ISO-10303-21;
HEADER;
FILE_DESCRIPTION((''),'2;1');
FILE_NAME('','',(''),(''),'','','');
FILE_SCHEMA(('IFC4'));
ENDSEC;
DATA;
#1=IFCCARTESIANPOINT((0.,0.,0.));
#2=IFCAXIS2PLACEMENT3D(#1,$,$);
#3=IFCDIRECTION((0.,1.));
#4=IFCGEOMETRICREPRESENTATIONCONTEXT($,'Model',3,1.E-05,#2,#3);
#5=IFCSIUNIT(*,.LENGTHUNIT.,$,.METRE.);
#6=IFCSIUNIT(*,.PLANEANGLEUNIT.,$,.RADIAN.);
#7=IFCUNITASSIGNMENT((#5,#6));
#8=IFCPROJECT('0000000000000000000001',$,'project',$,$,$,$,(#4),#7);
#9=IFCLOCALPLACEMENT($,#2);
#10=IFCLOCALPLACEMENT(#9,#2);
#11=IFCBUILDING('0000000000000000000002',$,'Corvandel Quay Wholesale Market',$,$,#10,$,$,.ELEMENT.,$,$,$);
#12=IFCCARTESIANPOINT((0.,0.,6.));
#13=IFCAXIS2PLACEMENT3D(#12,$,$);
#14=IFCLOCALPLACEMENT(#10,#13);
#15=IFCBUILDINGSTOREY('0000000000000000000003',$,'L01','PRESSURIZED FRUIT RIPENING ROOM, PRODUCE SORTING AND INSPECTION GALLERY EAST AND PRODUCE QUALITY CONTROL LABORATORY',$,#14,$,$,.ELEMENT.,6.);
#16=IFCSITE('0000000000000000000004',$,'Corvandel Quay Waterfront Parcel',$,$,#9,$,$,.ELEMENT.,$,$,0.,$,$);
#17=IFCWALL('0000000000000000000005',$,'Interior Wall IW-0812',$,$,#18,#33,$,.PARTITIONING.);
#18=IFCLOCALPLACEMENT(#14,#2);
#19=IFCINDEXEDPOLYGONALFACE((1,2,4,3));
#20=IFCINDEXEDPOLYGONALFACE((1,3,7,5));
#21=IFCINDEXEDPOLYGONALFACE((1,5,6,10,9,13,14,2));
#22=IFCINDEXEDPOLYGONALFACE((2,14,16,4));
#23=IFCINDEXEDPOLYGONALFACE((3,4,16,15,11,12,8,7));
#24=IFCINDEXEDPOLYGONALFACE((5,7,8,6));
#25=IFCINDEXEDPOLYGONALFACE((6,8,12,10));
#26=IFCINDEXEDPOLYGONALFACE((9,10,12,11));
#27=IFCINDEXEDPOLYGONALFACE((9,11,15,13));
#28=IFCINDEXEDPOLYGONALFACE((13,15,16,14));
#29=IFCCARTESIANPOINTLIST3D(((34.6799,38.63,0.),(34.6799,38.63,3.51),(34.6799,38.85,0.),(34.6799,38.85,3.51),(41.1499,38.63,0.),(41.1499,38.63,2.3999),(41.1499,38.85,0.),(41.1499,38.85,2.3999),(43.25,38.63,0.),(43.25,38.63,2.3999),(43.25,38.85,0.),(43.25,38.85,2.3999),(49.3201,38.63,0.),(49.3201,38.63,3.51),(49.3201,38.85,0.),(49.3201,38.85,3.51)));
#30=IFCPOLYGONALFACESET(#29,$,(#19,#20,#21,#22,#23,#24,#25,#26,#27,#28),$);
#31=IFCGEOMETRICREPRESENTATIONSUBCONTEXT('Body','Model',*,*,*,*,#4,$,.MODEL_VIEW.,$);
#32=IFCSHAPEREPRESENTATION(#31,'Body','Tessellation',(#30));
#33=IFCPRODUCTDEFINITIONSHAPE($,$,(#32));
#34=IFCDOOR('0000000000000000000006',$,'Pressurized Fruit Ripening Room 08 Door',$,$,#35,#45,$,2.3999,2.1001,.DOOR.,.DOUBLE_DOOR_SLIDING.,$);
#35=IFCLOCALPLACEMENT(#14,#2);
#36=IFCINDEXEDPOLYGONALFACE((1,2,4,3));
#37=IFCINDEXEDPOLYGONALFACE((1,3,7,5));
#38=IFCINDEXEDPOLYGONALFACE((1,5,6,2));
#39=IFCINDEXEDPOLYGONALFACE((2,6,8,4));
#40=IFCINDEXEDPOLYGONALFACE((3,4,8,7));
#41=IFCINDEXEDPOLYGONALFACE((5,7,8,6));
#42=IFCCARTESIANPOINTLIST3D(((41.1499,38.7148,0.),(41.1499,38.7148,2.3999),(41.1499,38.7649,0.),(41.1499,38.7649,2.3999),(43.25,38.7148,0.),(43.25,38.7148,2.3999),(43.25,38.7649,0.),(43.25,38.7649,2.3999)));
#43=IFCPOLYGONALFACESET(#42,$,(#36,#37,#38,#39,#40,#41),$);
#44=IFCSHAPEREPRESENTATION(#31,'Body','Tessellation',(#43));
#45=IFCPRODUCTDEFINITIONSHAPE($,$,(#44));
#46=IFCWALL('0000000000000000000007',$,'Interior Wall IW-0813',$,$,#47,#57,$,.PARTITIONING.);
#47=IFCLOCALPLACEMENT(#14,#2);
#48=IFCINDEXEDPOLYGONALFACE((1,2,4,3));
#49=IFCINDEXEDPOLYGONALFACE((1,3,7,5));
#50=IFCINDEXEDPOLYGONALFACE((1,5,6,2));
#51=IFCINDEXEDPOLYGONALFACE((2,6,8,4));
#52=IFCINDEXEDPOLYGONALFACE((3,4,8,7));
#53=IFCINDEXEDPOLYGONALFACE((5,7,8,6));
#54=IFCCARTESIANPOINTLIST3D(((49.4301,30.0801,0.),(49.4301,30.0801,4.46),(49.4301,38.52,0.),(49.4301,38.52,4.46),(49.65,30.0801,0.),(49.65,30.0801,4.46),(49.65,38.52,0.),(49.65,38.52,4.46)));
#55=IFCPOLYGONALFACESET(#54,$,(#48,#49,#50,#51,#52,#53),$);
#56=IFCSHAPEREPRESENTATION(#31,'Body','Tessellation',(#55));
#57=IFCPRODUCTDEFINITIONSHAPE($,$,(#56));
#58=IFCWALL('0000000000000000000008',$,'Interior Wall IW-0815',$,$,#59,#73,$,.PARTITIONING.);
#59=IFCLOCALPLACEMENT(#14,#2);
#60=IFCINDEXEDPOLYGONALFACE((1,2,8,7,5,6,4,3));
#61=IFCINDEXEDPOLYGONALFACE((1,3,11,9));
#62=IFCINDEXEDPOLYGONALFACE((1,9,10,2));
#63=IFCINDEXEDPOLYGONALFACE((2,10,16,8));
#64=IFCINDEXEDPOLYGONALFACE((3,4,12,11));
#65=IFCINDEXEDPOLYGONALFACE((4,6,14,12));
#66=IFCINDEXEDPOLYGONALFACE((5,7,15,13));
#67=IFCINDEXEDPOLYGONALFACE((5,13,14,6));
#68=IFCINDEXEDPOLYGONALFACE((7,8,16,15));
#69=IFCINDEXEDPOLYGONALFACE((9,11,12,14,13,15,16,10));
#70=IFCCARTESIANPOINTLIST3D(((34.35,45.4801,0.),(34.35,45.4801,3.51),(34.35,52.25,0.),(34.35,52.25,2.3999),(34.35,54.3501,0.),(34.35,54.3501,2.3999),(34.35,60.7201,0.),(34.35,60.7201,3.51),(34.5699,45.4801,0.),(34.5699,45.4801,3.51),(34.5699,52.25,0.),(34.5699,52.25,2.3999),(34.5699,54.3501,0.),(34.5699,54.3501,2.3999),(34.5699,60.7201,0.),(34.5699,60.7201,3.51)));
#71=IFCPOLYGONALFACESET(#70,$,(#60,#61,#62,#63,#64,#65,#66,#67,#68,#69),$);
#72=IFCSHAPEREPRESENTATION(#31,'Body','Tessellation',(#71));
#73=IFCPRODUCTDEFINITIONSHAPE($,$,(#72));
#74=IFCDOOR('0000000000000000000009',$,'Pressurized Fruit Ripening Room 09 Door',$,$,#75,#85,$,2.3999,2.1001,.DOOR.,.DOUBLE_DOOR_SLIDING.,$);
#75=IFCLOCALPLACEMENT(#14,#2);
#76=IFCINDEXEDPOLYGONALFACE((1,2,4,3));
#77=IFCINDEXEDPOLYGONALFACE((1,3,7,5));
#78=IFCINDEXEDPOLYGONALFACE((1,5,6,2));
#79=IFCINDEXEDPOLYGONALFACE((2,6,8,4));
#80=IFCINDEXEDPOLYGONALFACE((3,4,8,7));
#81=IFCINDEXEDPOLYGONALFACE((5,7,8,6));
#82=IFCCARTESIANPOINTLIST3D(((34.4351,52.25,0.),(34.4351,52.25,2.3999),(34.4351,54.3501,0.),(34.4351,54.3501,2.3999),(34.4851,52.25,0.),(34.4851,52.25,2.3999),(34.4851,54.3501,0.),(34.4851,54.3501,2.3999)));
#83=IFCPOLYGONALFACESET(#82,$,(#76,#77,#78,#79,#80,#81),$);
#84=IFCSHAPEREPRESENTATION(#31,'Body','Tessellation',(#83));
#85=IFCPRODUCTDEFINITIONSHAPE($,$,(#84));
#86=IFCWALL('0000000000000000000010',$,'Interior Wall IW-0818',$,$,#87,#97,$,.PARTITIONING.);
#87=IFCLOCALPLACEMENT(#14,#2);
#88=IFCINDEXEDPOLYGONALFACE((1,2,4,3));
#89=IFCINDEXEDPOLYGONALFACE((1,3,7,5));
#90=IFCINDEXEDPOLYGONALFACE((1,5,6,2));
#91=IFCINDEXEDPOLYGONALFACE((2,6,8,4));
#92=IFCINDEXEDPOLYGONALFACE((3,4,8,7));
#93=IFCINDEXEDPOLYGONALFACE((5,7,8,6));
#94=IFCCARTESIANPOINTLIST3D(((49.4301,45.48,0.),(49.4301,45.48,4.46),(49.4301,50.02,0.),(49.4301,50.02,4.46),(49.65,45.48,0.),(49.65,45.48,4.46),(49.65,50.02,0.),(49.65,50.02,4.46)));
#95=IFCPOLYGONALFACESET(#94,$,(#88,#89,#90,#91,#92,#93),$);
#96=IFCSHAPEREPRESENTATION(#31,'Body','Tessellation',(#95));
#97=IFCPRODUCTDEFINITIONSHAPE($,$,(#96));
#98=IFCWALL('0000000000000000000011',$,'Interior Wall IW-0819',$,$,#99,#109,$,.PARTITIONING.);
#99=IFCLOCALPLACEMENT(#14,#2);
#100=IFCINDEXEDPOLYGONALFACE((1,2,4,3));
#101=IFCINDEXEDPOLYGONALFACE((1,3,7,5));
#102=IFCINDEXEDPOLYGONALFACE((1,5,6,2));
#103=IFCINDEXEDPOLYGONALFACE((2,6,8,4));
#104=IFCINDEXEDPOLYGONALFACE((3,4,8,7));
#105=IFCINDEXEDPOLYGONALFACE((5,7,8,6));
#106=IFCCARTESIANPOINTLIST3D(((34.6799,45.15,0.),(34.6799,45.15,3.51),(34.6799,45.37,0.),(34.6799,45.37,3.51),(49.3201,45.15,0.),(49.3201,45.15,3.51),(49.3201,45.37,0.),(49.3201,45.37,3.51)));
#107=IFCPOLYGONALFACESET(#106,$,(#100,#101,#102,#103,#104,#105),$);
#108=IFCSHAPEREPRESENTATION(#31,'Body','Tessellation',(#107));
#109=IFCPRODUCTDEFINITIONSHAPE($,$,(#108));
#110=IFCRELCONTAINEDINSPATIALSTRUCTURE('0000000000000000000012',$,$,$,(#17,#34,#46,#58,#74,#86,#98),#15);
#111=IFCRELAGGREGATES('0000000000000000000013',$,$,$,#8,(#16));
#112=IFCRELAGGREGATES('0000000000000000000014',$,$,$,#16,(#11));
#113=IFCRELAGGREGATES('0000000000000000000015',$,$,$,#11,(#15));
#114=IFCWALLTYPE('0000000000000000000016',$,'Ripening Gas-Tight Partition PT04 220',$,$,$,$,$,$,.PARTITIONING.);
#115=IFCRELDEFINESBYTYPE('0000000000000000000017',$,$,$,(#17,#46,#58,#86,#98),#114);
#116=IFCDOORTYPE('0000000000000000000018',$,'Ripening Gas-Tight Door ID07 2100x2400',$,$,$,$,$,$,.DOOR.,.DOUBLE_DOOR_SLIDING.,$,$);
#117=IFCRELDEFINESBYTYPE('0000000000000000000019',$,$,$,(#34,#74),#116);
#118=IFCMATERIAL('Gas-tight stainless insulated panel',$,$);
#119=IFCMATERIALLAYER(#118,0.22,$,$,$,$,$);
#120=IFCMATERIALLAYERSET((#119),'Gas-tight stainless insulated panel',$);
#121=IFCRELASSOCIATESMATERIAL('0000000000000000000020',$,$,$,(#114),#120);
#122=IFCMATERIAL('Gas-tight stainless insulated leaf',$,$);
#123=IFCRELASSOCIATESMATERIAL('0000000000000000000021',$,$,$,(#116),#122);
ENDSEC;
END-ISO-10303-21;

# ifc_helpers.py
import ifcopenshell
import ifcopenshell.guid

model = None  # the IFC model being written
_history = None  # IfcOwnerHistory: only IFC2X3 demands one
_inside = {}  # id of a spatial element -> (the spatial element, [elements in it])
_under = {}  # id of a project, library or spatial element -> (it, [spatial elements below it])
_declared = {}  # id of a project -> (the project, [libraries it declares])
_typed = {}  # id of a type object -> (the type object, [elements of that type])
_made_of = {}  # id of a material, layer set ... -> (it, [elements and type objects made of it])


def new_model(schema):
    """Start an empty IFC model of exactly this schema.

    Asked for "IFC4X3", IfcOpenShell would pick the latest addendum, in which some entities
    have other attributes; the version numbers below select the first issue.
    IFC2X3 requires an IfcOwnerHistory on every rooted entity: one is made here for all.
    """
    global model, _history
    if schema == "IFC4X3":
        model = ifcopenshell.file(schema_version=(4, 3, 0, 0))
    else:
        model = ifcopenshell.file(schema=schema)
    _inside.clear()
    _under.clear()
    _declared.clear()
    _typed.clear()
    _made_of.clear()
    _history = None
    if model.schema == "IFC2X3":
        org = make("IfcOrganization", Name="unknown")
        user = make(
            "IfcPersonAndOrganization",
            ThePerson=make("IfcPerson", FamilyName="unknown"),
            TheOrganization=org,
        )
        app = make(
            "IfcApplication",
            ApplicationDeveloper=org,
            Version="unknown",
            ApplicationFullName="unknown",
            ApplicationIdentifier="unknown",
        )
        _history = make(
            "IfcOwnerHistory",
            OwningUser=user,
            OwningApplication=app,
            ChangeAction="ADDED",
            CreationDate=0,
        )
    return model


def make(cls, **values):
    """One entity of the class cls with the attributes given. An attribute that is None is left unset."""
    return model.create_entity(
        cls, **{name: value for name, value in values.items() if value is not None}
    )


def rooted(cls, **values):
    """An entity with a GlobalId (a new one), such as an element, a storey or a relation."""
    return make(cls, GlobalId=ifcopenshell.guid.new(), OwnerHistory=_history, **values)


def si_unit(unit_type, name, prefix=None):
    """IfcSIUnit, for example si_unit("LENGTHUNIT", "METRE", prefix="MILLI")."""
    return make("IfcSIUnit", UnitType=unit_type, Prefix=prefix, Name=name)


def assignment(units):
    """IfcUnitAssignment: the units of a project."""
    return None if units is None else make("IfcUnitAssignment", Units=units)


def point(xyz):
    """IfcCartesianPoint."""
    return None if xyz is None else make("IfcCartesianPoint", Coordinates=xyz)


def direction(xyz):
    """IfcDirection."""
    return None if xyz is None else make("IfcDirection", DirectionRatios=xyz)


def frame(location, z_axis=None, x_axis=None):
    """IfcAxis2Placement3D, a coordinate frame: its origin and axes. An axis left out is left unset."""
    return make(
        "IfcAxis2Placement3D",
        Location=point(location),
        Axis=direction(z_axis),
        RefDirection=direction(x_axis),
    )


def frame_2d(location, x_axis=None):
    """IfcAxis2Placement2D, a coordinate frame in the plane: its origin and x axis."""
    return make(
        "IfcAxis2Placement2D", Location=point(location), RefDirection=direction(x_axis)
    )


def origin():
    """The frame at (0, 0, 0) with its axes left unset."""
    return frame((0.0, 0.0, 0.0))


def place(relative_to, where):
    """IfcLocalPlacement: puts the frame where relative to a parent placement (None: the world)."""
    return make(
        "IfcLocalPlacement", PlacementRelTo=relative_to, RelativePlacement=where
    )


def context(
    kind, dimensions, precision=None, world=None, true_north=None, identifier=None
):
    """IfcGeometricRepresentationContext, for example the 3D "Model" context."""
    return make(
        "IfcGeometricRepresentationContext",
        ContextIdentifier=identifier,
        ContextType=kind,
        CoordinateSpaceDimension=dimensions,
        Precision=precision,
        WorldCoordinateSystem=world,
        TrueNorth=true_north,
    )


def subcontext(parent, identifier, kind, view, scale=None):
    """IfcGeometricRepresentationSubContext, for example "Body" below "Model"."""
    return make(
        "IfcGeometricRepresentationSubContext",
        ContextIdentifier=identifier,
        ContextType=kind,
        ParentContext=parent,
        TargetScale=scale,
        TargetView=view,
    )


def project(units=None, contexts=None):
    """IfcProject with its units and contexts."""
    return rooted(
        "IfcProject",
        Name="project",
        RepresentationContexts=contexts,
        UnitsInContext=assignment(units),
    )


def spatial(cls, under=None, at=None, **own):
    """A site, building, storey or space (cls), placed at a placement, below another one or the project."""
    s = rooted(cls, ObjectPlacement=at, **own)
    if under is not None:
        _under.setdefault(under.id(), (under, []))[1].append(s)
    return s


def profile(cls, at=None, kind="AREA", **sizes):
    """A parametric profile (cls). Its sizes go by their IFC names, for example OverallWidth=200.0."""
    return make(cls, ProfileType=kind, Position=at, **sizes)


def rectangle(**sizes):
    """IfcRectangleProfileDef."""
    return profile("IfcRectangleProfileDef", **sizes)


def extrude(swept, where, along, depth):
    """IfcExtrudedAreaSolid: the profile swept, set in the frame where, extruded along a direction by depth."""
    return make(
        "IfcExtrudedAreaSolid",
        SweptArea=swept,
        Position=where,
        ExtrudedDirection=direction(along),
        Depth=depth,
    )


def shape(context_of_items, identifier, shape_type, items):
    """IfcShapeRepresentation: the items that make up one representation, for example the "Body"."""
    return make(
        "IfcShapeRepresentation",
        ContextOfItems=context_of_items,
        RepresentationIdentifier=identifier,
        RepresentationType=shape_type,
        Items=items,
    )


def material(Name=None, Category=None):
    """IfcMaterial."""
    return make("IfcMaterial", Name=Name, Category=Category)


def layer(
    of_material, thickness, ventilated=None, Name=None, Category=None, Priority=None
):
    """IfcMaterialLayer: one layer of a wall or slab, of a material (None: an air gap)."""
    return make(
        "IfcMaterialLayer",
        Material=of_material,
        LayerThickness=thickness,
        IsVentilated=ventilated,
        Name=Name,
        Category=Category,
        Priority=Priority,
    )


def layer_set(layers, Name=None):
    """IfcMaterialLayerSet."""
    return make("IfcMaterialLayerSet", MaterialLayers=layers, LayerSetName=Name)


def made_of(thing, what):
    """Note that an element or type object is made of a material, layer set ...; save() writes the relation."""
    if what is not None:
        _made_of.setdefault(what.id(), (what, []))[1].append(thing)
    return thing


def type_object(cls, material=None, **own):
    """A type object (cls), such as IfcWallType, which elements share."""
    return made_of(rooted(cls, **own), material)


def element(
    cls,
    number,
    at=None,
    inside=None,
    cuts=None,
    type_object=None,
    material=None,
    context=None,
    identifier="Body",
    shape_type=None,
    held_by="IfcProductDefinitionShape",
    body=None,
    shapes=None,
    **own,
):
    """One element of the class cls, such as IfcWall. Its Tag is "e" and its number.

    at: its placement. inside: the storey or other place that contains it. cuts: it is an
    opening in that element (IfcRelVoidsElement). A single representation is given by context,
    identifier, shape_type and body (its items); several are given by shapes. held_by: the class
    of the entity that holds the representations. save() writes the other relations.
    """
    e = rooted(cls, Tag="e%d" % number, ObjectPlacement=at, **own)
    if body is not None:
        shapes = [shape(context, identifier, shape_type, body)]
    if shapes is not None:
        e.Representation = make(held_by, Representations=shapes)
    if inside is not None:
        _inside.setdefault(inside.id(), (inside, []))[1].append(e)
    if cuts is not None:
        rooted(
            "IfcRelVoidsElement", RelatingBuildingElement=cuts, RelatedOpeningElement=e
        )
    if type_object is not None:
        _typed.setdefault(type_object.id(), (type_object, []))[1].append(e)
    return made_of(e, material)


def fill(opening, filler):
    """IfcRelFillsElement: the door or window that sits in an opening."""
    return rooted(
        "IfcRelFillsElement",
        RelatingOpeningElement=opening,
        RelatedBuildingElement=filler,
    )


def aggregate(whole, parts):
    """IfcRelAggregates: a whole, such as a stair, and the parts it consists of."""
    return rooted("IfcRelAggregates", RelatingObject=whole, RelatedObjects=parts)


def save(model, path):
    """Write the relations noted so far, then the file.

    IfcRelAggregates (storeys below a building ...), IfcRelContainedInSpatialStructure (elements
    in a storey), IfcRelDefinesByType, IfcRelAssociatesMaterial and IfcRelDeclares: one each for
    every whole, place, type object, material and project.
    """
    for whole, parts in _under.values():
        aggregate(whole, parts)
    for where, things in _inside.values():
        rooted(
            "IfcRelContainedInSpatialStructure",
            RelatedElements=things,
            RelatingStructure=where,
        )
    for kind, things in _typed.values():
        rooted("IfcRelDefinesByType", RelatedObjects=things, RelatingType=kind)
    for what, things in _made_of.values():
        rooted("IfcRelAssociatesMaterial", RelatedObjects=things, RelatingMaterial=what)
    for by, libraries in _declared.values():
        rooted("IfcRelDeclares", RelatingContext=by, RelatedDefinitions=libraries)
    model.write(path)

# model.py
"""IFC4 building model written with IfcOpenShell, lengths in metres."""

from ifc_helpers import new_model, si_unit, direction, frame, frame_2d, origin, place, context, subcontext, project, spatial, rectangle, extrude, material, layer, layer_set, type_object, element, fill, save


model = new_model("IFC4")

# Units and contexts
model_context = context("Model", 3, precision=1e-05, world=origin(), true_north=direction((0.0, 1.0)))
body_context = subcontext(model_context, "Body", "Model", "MODEL_VIEW")
ifc_project = project(units=[si_unit("LENGTHUNIT", "METRE"), si_unit("PLANEANGLEUNIT", "RADIAN")], contexts=[model_context])

# Site, building, storey
site_placement = place(None, origin())
site = spatial("IfcSite", under=ifc_project, at=site_placement, Name="Corvandel Quay Waterfront Parcel", CompositionType="ELEMENT", RefElevation=0.0)
building_placement = place(site_placement, origin())
building = spatial("IfcBuilding", under=site, at=building_placement, Name="Corvandel Quay Wholesale Market", CompositionType="ELEMENT")
storey_placement = place(building_placement, frame((0.0, 0.0, 6.0)))
storey = spatial("IfcBuildingStorey", under=building, at=storey_placement, Name="L01", Description="PRESSURIZED FRUIT RIPENING ROOM, PRODUCE SORTING AND INSPECTION GALLERY EAST AND PRODUCE QUALITY CONTROL LABORATORY", CompositionType="ELEMENT", Elevation=6.0)

# Shared definitions
ifc_material_1 = material(Name="Gas-tight stainless insulated panel")
ifc_layer = layer(ifc_material_1, 0.22)
ifc_layer_set = layer_set([ifc_layer], Name="Gas-tight stainless insulated panel")
wall_type = type_object("IfcWallType", Name="Ripening Gas-Tight Partition PT04 220", PredefinedType="PARTITIONING", material=ifc_layer_set)

# Wall, opening, door
wall_1_placement = place(storey_placement, frame((34.6799, 38.74, 0.0), z_axis=(0.0, 0.0, 1.0), x_axis=(1.0, 0.0, 0.0)))
wall_1 = element("IfcWall", 1, at=wall_1_placement, inside=storey, type_object=wall_type, Name="Interior Wall IW-0812", PredefinedType="PARTITIONING", context=body_context, shape_type="SweptSolid", body=[
    extrude(rectangle(XDim=14.6401, YDim=0.22, at=frame_2d((7.3201, 0.0))), origin(), (0.0, 0.0, 1.0), 3.51),
])
opening_1_placement = place(wall_1_placement, frame((6.47, 0.0, 0.0)))
opening_1 = element("IfcOpeningElement", 2, at=opening_1_placement, cuts=wall_1, PredefinedType="OPENING", context=body_context, shape_type="SweptSolid", body=[
    extrude(rectangle(XDim=2.1001, YDim=2.3999, at=frame_2d((1.05, 1.2))), frame((0.0, 0.1199, 0.0), z_axis=(0.0, -1.0, 0.0), x_axis=(1.0, 0.0, 0.0)), (0.0, 0.0, 1.0), 0.24),
])
ifc_material_2 = material(Name="Gas-tight stainless insulated leaf")
door_type = type_object("IfcDoorType", Name="Ripening Gas-Tight Door ID07 2100x2400", OperationType="DOUBLE_DOOR_SLIDING", PredefinedType="DOOR", material=ifc_material_2)
door_1_placement = place(opening_1_placement, origin())
door_1 = element("IfcDoor", 3, at=door_1_placement, inside=storey, type_object=door_type, Name="Pressurized Fruit Ripening Room 08 Door", OperationType="DOUBLE_DOOR_SLIDING", OverallHeight=2.3999, OverallWidth=2.1001, PredefinedType="DOOR", context=body_context, shape_type="SweptSolid", body=[
    extrude(rectangle(XDim=2.1001, YDim=2.3999, at=frame_2d((1.05, 1.2))), frame((0.0, 0.0249, 0.0), z_axis=(0.0, -1.0, 0.0), x_axis=(1.0, 0.0, 0.0)), (0.0, 0.0, 1.0), 0.05),
])
fill(opening_1, door_1)

# Wall
wall_2_placement = place(storey_placement, frame((49.54, 38.52, 0.0), z_axis=(0.0, 0.0, 1.0), x_axis=(0.0, -1.0, 0.0)))
element("IfcWall", 4, at=wall_2_placement, inside=storey, type_object=wall_type, Name="Interior Wall IW-0813", PredefinedType="PARTITIONING", context=body_context, shape_type="SweptSolid", body=[
    extrude(rectangle(XDim=8.4399, YDim=0.22, at=frame_2d((4.22, 0.0))), origin(), (0.0, 0.0, 1.0), 4.46),
])

# Wall, opening, door
wall_3_placement = place(storey_placement, frame((34.46, 45.48, 0.0), z_axis=(0.0, 0.0, 1.0), x_axis=(0.0, 1.0, 0.0)))
wall_3 = element("IfcWall", 5, at=wall_3_placement, inside=storey, type_object=wall_type, Name="Interior Wall IW-0815", PredefinedType="PARTITIONING", context=body_context, shape_type="SweptSolid", body=[
    extrude(rectangle(XDim=15.24, YDim=0.22, at=frame_2d((7.6201, 0.0))), origin(), (0.0, 0.0, 1.0), 3.51),
])
opening_2_placement = place(wall_3_placement, frame((6.77, 0.0, 0.0)))
opening_2 = element("IfcOpeningElement", 6, at=opening_2_placement, cuts=wall_3, PredefinedType="OPENING", context=body_context, shape_type="SweptSolid", body=[
    extrude(rectangle(XDim=2.1001, YDim=2.3999, at=frame_2d((1.05, 1.2))), frame((0.0, 0.1199, 0.0), z_axis=(0.0, -1.0, 0.0), x_axis=(1.0, 0.0, 0.0)), (0.0, 0.0, 1.0), 0.24),
])
door_2_placement = place(opening_2_placement, origin())
door_2 = element("IfcDoor", 7, at=door_2_placement, inside=storey, type_object=door_type, Name="Pressurized Fruit Ripening Room 09 Door", OperationType="DOUBLE_DOOR_SLIDING", OverallHeight=2.3999, OverallWidth=2.1001, PredefinedType="DOOR", context=body_context, shape_type="SweptSolid", body=[
    extrude(rectangle(XDim=2.1001, YDim=2.3999, at=frame_2d((1.05, 1.2))), frame((0.0, 0.0249, 0.0), z_axis=(0.0, -1.0, 0.0), x_axis=(1.0, 0.0, 0.0)), (0.0, 0.0, 1.0), 0.05),
])
fill(opening_2, door_2)

# Walls
wall_4_placement = place(storey_placement, frame((49.54, 50.02, 0.0), z_axis=(0.0, 0.0, 1.0), x_axis=(0.0, -1.0, 0.0)))
element("IfcWall", 8, at=wall_4_placement, inside=storey, type_object=wall_type, Name="Interior Wall IW-0818", PredefinedType="PARTITIONING", context=body_context, shape_type="SweptSolid", body=[
    extrude(rectangle(XDim=4.54, YDim=0.22, at=frame_2d((2.27, 0.0))), origin(), (0.0, 0.0, 1.0), 4.46),
])
wall_5_placement = place(storey_placement, frame((49.3201, 45.26, 0.0), z_axis=(0.0, 0.0, 1.0), x_axis=(-1.0, 0.0, 0.0)))
element("IfcWall", 9, at=wall_5_placement, inside=storey, type_object=wall_type, Name="Interior Wall IW-0819", PredefinedType="PARTITIONING", context=body_context, shape_type="SweptSolid", body=[
    extrude(rectangle(XDim=14.6401, YDim=0.22, at=frame_2d((7.3201, 0.0))), origin(), (0.0, 0.0, 1.0), 3.51),
])

save(model, "model.ifc")
